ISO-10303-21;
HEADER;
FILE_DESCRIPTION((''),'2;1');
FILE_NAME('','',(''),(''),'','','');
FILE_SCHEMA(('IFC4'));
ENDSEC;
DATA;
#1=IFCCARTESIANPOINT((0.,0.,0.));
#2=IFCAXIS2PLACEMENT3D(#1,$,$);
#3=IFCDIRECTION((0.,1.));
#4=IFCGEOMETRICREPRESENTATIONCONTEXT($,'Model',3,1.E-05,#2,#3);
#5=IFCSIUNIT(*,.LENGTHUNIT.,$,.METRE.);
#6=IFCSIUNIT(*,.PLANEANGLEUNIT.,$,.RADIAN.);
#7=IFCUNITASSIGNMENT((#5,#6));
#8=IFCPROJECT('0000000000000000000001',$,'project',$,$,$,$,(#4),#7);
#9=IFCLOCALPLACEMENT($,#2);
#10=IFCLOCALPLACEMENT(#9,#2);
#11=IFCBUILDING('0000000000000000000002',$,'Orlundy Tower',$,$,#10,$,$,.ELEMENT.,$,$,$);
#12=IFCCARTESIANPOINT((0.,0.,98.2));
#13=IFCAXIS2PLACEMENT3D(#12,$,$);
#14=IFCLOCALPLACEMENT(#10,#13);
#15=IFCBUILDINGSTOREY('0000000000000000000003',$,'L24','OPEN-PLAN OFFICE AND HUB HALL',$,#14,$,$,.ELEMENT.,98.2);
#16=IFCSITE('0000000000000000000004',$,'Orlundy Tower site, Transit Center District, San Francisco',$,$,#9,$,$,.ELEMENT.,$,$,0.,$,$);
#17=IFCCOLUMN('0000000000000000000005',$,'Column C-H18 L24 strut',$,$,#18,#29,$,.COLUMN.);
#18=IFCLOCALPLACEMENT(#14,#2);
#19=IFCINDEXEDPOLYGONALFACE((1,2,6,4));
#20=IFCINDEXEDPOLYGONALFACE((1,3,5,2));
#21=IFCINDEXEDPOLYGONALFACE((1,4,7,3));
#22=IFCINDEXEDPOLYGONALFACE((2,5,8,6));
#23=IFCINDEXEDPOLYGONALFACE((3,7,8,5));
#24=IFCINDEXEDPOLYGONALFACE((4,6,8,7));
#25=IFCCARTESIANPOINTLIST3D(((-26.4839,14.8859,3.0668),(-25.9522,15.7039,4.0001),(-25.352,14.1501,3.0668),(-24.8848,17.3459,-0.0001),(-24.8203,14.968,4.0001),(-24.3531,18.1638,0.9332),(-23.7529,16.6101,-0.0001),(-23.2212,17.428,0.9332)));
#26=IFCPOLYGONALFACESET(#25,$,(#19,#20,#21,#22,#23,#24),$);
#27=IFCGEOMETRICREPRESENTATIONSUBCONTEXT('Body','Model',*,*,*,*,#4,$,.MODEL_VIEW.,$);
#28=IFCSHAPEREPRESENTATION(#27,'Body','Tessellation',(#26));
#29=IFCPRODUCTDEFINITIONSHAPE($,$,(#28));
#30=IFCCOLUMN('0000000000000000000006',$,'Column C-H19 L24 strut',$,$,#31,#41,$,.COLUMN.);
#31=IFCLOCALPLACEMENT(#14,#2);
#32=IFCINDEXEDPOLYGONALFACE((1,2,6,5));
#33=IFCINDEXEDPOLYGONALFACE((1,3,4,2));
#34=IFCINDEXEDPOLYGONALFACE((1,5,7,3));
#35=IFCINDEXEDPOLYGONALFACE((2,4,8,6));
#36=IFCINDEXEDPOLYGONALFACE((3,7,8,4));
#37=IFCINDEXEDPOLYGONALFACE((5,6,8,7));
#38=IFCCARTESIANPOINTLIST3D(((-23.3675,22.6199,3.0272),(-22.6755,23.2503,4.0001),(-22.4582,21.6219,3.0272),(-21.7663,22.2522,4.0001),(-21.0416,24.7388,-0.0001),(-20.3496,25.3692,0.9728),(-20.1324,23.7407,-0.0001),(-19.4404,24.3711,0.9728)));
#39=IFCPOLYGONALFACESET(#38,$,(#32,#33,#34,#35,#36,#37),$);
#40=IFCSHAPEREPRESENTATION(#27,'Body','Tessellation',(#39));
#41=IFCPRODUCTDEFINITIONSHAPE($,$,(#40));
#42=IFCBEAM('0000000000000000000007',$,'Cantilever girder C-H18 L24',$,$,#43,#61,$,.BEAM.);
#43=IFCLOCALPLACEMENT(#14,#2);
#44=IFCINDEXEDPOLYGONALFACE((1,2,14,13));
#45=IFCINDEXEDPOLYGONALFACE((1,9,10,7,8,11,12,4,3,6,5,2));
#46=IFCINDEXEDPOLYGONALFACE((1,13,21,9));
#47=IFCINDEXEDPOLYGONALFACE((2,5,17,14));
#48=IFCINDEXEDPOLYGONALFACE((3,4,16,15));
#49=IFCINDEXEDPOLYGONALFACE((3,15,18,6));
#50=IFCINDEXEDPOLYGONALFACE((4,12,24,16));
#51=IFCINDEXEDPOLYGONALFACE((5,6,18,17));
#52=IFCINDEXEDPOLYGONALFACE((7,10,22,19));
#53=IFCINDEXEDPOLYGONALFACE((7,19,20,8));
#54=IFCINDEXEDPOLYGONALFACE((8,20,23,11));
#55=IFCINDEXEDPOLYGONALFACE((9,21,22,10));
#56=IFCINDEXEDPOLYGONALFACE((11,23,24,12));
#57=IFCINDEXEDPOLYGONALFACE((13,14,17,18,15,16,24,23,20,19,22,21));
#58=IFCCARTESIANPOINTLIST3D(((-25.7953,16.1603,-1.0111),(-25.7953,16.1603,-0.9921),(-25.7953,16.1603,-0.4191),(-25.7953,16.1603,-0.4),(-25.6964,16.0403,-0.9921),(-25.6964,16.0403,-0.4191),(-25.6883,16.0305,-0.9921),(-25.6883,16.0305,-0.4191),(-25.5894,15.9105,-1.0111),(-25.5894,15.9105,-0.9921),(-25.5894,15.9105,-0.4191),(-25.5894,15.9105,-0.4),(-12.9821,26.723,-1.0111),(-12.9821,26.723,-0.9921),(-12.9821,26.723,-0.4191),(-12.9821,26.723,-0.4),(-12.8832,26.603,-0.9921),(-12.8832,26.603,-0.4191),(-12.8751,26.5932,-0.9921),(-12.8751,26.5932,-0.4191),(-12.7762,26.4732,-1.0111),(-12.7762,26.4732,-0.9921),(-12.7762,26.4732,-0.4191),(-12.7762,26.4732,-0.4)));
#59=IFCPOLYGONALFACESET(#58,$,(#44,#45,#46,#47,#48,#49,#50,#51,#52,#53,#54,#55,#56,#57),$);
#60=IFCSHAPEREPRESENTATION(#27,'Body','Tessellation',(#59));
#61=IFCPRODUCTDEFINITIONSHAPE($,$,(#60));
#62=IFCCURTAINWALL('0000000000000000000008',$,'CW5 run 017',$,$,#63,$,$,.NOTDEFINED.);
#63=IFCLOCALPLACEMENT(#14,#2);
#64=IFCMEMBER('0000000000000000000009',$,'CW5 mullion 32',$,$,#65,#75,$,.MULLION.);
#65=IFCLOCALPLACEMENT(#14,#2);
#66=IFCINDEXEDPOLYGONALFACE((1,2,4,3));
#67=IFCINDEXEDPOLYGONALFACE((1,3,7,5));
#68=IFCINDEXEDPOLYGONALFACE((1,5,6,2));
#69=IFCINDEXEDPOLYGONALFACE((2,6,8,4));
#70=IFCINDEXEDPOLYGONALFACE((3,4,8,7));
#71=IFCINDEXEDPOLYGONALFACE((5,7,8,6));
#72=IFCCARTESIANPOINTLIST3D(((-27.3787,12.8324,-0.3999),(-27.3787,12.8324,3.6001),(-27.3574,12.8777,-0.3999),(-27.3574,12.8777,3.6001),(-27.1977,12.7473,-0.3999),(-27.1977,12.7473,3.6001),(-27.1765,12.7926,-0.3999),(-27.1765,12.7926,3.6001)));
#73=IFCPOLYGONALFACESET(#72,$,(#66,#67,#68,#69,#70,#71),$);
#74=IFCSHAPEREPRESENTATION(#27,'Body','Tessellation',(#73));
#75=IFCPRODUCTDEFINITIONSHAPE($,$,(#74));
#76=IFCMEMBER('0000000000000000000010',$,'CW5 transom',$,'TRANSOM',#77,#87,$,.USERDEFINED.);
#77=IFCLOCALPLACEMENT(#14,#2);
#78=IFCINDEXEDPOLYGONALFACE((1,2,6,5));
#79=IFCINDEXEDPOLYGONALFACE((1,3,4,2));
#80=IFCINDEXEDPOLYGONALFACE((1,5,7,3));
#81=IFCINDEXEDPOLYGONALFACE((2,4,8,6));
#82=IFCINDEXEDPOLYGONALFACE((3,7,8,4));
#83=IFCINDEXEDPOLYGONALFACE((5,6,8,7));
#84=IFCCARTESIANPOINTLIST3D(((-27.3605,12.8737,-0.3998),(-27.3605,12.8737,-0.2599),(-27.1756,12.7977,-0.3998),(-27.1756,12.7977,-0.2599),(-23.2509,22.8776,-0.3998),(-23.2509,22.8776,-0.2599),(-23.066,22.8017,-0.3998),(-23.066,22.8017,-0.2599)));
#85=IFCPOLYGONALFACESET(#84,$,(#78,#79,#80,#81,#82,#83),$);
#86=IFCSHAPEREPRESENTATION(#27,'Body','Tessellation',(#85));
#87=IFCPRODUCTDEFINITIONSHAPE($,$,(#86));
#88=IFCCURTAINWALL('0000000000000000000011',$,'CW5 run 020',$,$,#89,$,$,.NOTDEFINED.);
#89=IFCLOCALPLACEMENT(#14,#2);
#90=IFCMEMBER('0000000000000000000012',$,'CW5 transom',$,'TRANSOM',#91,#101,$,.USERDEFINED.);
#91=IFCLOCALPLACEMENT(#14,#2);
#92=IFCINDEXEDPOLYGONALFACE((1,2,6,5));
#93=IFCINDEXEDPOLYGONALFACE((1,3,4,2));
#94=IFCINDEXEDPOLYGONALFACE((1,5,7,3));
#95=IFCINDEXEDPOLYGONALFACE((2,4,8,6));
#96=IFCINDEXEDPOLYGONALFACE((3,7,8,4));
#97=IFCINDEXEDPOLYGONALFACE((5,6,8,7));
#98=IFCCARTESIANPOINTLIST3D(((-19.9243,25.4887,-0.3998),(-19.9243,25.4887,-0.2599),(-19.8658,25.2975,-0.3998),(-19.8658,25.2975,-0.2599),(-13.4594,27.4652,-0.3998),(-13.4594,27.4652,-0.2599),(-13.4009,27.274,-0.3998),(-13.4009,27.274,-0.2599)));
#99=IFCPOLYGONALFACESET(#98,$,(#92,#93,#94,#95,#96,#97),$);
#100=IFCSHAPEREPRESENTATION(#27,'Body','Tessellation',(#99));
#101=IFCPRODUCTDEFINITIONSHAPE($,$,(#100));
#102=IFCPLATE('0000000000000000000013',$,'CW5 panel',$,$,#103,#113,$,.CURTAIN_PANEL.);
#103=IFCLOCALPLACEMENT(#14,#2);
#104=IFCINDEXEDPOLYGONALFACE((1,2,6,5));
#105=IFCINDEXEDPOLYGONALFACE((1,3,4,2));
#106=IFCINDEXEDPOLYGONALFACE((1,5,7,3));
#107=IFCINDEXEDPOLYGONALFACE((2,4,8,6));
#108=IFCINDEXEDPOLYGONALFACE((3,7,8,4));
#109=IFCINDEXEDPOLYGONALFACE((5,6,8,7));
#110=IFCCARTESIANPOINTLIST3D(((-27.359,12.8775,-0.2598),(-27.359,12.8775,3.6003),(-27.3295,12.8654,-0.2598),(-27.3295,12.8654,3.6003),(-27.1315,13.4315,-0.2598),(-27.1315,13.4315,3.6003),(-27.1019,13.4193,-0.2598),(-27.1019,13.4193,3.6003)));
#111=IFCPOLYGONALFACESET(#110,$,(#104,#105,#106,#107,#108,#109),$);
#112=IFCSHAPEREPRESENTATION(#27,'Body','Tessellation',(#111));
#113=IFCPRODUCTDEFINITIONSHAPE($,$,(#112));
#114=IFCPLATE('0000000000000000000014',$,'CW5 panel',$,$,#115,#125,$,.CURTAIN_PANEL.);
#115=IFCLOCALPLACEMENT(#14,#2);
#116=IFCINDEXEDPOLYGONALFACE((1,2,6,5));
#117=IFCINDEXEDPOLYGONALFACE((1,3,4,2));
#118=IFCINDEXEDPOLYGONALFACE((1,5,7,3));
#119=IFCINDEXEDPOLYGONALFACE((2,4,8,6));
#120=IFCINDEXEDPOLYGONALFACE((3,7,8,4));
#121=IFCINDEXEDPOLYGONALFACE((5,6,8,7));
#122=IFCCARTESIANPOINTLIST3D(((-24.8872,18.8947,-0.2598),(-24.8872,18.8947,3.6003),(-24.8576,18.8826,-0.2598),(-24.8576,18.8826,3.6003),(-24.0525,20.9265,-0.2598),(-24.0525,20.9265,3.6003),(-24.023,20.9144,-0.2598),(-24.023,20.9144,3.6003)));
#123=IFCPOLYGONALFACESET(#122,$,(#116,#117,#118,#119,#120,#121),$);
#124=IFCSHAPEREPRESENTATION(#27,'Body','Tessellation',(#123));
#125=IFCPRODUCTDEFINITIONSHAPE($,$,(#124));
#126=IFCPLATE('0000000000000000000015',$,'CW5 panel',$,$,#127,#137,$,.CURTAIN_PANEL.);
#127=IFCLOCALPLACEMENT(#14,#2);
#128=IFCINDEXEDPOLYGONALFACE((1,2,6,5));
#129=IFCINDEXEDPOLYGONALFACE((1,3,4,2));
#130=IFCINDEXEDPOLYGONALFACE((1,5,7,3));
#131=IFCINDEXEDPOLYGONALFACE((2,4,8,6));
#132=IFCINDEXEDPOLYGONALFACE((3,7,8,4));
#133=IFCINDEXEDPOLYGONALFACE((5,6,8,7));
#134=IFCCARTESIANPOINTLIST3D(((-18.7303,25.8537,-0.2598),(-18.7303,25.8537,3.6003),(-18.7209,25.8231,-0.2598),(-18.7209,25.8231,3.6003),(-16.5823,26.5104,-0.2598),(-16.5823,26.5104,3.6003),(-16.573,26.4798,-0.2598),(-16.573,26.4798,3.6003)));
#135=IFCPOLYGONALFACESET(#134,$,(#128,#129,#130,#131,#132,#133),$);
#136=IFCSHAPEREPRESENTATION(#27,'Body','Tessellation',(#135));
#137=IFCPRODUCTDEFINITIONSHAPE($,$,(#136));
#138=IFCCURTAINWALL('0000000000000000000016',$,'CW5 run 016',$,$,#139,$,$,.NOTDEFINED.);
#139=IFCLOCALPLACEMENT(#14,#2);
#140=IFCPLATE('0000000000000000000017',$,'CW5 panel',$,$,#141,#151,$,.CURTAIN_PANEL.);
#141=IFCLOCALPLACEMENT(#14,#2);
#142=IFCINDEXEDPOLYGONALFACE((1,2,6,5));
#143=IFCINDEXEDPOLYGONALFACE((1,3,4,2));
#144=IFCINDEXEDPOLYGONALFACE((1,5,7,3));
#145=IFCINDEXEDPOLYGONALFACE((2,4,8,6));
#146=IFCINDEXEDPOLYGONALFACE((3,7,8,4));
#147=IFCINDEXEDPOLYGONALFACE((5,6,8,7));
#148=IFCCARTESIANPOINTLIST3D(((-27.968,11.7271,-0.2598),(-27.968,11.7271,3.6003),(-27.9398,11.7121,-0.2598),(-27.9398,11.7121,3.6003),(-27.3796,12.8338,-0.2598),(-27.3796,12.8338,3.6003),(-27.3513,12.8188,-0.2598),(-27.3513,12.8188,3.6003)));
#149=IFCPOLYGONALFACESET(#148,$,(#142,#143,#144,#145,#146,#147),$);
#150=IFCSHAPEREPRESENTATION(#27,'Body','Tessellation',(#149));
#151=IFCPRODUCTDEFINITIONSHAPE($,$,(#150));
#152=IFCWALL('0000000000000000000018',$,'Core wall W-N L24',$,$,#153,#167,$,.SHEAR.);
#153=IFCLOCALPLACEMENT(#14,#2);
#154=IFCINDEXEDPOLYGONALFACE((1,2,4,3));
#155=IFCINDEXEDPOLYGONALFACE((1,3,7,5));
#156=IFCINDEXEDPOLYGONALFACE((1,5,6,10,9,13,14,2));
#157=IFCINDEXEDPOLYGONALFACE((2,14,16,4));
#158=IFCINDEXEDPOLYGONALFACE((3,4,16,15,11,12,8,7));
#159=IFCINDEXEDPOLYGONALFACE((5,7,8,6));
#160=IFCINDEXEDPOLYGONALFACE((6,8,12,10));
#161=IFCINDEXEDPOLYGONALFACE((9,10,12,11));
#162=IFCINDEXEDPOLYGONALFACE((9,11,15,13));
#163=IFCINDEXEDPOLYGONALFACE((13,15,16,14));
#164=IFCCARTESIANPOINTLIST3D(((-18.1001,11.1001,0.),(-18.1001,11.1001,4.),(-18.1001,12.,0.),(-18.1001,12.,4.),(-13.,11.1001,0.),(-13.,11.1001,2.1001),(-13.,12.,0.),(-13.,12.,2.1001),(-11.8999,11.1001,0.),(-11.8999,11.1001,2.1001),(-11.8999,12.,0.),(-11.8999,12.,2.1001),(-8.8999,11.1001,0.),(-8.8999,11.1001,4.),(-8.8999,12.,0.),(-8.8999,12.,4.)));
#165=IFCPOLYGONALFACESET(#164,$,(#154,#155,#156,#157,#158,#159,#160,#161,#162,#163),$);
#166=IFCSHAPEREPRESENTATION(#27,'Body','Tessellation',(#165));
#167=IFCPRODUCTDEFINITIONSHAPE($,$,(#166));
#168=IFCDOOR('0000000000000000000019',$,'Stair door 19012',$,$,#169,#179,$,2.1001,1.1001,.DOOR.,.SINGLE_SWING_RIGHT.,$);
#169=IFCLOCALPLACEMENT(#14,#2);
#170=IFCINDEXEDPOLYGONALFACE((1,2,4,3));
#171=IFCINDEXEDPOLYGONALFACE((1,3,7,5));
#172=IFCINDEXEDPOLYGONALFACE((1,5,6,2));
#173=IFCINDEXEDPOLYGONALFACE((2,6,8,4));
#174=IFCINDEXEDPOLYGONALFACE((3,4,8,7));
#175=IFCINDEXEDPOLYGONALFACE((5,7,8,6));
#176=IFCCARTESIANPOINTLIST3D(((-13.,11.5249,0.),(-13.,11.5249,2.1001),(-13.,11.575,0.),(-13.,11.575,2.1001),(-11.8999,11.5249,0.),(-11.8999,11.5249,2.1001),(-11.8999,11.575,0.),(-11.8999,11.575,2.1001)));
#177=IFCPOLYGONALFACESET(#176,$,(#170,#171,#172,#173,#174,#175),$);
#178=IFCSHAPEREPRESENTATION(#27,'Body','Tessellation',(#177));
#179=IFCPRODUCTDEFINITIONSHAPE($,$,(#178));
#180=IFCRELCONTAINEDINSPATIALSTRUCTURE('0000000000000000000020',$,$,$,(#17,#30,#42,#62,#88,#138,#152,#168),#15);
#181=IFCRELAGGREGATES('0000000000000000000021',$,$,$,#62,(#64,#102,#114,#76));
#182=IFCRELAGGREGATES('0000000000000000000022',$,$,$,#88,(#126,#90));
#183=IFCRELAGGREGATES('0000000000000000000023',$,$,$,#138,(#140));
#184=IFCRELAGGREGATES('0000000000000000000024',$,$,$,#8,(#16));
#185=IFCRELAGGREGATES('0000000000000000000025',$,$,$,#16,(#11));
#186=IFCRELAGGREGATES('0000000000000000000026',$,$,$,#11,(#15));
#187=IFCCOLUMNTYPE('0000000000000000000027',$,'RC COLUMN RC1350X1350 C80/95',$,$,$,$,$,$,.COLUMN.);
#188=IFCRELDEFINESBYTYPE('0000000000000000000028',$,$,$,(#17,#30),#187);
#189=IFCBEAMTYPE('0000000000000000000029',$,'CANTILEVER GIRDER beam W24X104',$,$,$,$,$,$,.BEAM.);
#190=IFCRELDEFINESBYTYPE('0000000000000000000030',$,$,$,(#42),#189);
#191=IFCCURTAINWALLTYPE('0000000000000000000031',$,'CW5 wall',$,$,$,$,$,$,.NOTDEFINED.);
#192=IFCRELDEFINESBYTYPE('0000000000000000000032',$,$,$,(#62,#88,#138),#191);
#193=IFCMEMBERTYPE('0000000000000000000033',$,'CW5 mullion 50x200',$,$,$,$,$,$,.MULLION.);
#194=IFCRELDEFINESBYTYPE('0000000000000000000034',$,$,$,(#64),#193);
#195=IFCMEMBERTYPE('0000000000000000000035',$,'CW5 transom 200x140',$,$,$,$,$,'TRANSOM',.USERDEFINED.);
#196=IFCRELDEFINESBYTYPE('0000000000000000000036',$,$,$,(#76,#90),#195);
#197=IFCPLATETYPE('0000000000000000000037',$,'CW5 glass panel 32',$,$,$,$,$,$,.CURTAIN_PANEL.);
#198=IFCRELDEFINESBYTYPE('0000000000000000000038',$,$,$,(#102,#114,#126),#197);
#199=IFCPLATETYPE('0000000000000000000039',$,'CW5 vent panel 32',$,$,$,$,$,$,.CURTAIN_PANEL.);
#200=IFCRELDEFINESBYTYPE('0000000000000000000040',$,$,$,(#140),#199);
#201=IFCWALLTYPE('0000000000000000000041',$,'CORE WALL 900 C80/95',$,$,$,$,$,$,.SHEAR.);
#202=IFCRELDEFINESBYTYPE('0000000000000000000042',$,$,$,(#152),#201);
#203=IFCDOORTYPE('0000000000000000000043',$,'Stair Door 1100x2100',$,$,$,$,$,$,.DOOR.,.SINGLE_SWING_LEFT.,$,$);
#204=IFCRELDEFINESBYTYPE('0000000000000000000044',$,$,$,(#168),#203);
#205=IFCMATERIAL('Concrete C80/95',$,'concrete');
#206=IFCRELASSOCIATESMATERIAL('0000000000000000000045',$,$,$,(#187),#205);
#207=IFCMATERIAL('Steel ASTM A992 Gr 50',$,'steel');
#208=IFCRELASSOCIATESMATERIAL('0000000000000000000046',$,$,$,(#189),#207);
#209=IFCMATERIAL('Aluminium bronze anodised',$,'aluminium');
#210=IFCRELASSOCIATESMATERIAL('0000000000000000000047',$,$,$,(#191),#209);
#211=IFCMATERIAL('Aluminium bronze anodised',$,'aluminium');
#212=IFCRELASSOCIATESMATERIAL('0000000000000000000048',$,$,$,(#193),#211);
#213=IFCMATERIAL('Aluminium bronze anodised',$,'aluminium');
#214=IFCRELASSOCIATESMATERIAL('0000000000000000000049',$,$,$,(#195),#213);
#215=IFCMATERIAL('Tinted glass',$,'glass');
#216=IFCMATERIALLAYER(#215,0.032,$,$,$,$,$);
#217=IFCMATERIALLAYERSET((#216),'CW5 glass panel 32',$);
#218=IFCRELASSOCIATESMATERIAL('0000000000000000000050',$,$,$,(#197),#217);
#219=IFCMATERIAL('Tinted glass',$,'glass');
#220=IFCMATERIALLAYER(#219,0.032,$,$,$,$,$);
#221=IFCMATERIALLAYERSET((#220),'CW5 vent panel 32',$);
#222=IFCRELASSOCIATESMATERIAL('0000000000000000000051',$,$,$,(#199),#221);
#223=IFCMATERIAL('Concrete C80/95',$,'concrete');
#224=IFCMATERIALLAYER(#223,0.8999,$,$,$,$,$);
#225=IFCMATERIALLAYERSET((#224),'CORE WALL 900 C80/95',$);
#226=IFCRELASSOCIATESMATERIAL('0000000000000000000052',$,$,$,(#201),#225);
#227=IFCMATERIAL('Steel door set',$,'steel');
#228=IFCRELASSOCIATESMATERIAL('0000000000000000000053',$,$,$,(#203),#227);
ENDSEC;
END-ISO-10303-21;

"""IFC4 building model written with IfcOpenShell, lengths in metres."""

from ifc_helpers import new_model, si_unit, direction, frame, frame_2d, origin, origin_2d, place, context, subcontext, project, spatial, rectangle, i_section, extrude, material, layer, layer_set, material_profile, profile_set, type_object, element, fill, aggregate, save


model = new_model("IFC4")

# Units and contexts
model_context = context("Model", 3, precision=1e-05, world=origin(), true_north=direction((0.0, 1.0)))
body_context = subcontext(model_context, "Body", "Model", "MODEL_VIEW")
ifc_project = project(units=[si_unit("LENGTHUNIT", "METRE"), si_unit("PLANEANGLEUNIT", "RADIAN")], contexts=[model_context])

# Site, building, storey
site_placement = place(None, origin())
site = spatial("IfcSite", under=ifc_project, at=site_placement, Name="Orlundy Tower site, Transit Center District, San Francisco", CompositionType="ELEMENT", RefElevation=0.0)
building_placement = place(site_placement, origin())
building = spatial("IfcBuilding", under=site, at=building_placement, Name="Orlundy Tower", CompositionType="ELEMENT")
storey_placement = place(building_placement, frame((0.0, 0.0, 98.2)))
storey = spatial("IfcBuildingStorey", under=building, at=storey_placement, Name="L24", Description="OPEN-PLAN OFFICE AND HUB HALL", CompositionType="ELEMENT", Elevation=98.2)

# Columns
ifc_material_1 = material(Name="Concrete C80/95", Category="concrete")
ifc_material_profile_1 = material_profile(ifc_material_1, rectangle(XDim=1.3501, YDim=1.3501, at=origin_2d()), Name="RC1350X1350")
ifc_profile_set_1 = profile_set([ifc_material_profile_1], Name="Concrete C80/95")
column_type = type_object("IfcColumnType", Name="RC COLUMN RC1350X1350 C80/95", PredefinedType="COLUMN", material=ifc_profile_set_1)
column_1_placement = place(storey_placement, frame((-24.053, 17.387, 0.4666), z_axis=(-0.376765, -0.579586, 0.722584), x_axis=(0.838421, -0.545023, 0.0)))
element("IfcColumn", 1, at=column_1_placement, inside=storey, type_object=column_type, Name="Column C-H18 L24 strut", PredefinedType="COLUMN", context=body_context, shape_type="SweptSolid", body=[
    extrude(rectangle(XDim=1.3501, YDim=1.3501, at=origin_2d()), origin(), (0.0, 0.0, 1.0), 4.2444),
])
column_2_placement = place(storey_placement, frame((-20.241, 24.5549, 0.4863), z_axis=(-0.532701, -0.485286, 0.693345), x_axis=(0.673441, -0.739241, 0.0)))
element("IfcColumn", 2, at=column_2_placement, inside=storey, type_object=column_type, Name="Column C-H19 L24 strut", PredefinedType="COLUMN", context=body_context, shape_type="SweptSolid", body=[
    extrude(rectangle(XDim=1.3501, YDim=1.3501, at=origin_2d()), origin(), (0.0, 0.0, 1.0), 4.3662),
])

# Beam
ifc_material_2 = material(Name="Steel ASTM A992 Gr 50", Category="steel")
ifc_material_profile_2 = material_profile(ifc_material_2, i_section(OverallWidth=0.3237, OverallDepth=0.6111, WebThickness=0.0127, FlangeThickness=0.019, at=origin_2d()), Name="W24X104")
ifc_profile_set_2 = profile_set([ifc_material_profile_2], Name="Steel ASTM A992 Gr 50")
beam_type = type_object("IfcBeamType", Name="CANTILEVER GIRDER beam W24X104", PredefinedType="BEAM", material=ifc_profile_set_2)
beam_placement = place(storey_placement, frame((-25.6924, 16.0354, -0.7056), z_axis=(0.771615, 0.63609, 0.0), x_axis=(-0.63609, 0.771615, 0.0)))
element("IfcBeam", 3, at=beam_placement, inside=storey, type_object=beam_type, Name="Cantilever girder C-H18 L24", PredefinedType="BEAM", context=body_context, shape_type="SweptSolid", body=[
    extrude(i_section(OverallWidth=0.3237, OverallDepth=0.6111, WebThickness=0.0127, FlangeThickness=0.019, at=origin_2d()), origin(), (0.0, 0.0, 1.0), 16.6057),
])

# Curtain wall, members
ifc_material_3 = material(Name="Aluminium bronze anodised", Category="aluminium")
curtain_wall_type = type_object("IfcCurtainWallType", Name="CW5 wall", PredefinedType="NOTDEFINED", material=ifc_material_3)
curtain_wall_1_placement = place(storey_placement, origin())
curtain_wall_1 = element("IfcCurtainWall", 4, at=curtain_wall_1_placement, inside=storey, type_object=curtain_wall_type, Name="CW5 run 017", PredefinedType="NOTDEFINED")
ifc_material_4 = material(Name="Aluminium bronze anodised", Category="aluminium")
ifc_material_profile_3 = material_profile(ifc_material_4, rectangle(XDim=0.2, YDim=0.05, at=origin_2d()), Name="CW5 mullion 50x200")
ifc_profile_set_3 = profile_set([ifc_material_profile_3], Name="Aluminium bronze anodised")
member_type_1 = type_object("IfcMemberType", Name="CW5 mullion 50x200", PredefinedType="MULLION", material=ifc_profile_set_3)
member_1_placement = place(storey_placement, frame((-27.2776, 12.8125, -0.3999), z_axis=(0.0, 0.0, 1.0), x_axis=(-0.90508, 0.425242, 0.0)))
member_1 = element("IfcMember", 5, at=member_1_placement, type_object=member_type_1, Name="CW5 mullion 32", PredefinedType="MULLION", context=body_context, shape_type="SweptSolid", body=[
    extrude(rectangle(XDim=0.2, YDim=0.05, at=origin_2d()), origin(), (0.0, 0.0, 1.0), 4.0),
])
ifc_material_5 = material(Name="Aluminium bronze anodised", Category="aluminium")
ifc_material_profile_4 = material_profile(ifc_material_5, rectangle(XDim=0.2, YDim=0.1399, at=origin_2d()), Name="CW5 transom 200x140")
ifc_profile_set_4 = profile_set([ifc_material_profile_4], Name="Aluminium bronze anodised")
member_type_2 = type_object("IfcMemberType", Name="CW5 transom 200x140", ElementType="TRANSOM", PredefinedType="USERDEFINED", material=ifc_profile_set_4)
member_2_placement = place(storey_placement, frame((-27.2681, 12.8357, -0.3298), z_axis=(0.379988, 0.924991, 0.0), x_axis=(-0.924991, 0.379988, 0.0)))
member_2 = element("IfcMember", 6, at=member_2_placement, type_object=member_type_2, Name="CW5 transom", ObjectType="TRANSOM", PredefinedType="USERDEFINED", context=body_context, shape_type="SweptSolid", body=[
    extrude(rectangle(XDim=0.2, YDim=0.1399, at=origin_2d()), origin(), (0.0, 0.0, 1.0), 10.8152),
])

# Curtain wall, member
curtain_wall_2_placement = place(storey_placement, origin())
curtain_wall_2 = element("IfcCurtainWall", 7, at=curtain_wall_2_placement, inside=storey, type_object=curtain_wall_type, Name="CW5 run 020", PredefinedType="NOTDEFINED")
member_3_placement = place(storey_placement, frame((-19.895, 25.3931, -0.3298), z_axis=(0.956302, 0.29238, 0.0), x_axis=(-0.29238, 0.956302, 0.0)))
member_3 = element("IfcMember", 8, at=member_3_placement, type_object=member_type_2, Name="CW5 transom", ObjectType="TRANSOM", PredefinedType="USERDEFINED", context=body_context, shape_type="SweptSolid", body=[
    extrude(rectangle(XDim=0.2, YDim=0.1399, at=origin_2d()), origin(), (0.0, 0.0, 1.0), 6.7603),
])

# Plates
ifc_material_6 = material(Name="Tinted glass", Category="glass")
ifc_layer_1 = layer(ifc_material_6, 0.032)
ifc_layer_set_1 = layer_set([ifc_layer_1], Name="CW5 glass panel 32")
plate_type_1 = type_object("IfcPlateType", Name="CW5 glass panel 32", PredefinedType="CURTAIN_PANEL", material=ifc_layer_set_1)
plate_1_placement = place(storey_placement, frame((-27.2305, 13.1484, -0.2598), z_axis=(0.0, 0.0, 1.0), x_axis=(0.379991, 0.92499, 0.0)))
plate_1 = element("IfcPlate", 9, at=plate_1_placement, type_object=plate_type_1, Name="CW5 panel", PredefinedType="CURTAIN_PANEL", context=body_context, shape_type="SweptSolid", body=[
    extrude(rectangle(XDim=0.5989, YDim=0.032, at=origin_2d()), origin(), (0.0, 0.0, 1.0), 3.8601),
])
plate_2_placement = place(storey_placement, frame((-24.4551, 19.9045, -0.2598), z_axis=(0.0, 0.0, 1.0), x_axis=(0.379991, 0.92499, 0.0)))
plate_2 = element("IfcPlate", 10, at=plate_2_placement, type_object=plate_type_1, Name="CW5 panel", PredefinedType="CURTAIN_PANEL", context=body_context, shape_type="SweptSolid", body=[
    extrude(rectangle(XDim=2.1965, YDim=0.032, at=origin_2d()), origin(), (0.0, 0.0, 1.0), 3.8601),
])
aggregate(curtain_wall_1, [member_1, plate_1, plate_2, member_2])
plate_3_placement = place(storey_placement, frame((-17.6516, 26.1667, -0.2598), z_axis=(0.0, 0.0, 1.0), x_axis=(0.956301, 0.292383, 0.0)))
plate_3 = element("IfcPlate", 11, at=plate_3_placement, type_object=plate_type_1, Name="CW5 panel", PredefinedType="CURTAIN_PANEL", context=body_context, shape_type="SweptSolid", body=[
    extrude(rectangle(XDim=2.2461, YDim=0.032, at=origin_2d()), origin(), (0.0, 0.0, 1.0), 3.8601),
])
aggregate(curtain_wall_2, [plate_3, member_3])

# Curtain wall, plate
curtain_wall_3_placement = place(storey_placement, origin())
curtain_wall_3 = element("IfcCurtainWall", 12, at=curtain_wall_3_placement, inside=storey, type_object=curtain_wall_type, Name="CW5 run 016", PredefinedType="NOTDEFINED")
ifc_material_7 = material(Name="Tinted glass", Category="glass")
ifc_layer_2 = layer(ifc_material_7, 0.032)
ifc_layer_set_2 = layer_set([ifc_layer_2], Name="CW5 vent panel 32")
plate_type_2 = type_object("IfcPlateType", Name="CW5 vent panel 32", PredefinedType="CURTAIN_PANEL", material=ifc_layer_set_2)
plate_4_placement = place(storey_placement, frame((-27.6597, 12.2729, -0.2598), z_axis=(0.0, 0.0, 1.0), x_axis=(0.469454, 0.882957, 0.0)))
plate_4 = element("IfcPlate", 13, at=plate_4_placement, type_object=plate_type_2, Name="CW5 panel", PredefinedType="CURTAIN_PANEL", context=body_context, shape_type="SweptSolid", body=[
    extrude(rectangle(XDim=1.2534, YDim=0.032, at=origin_2d()), origin(), (0.0, 0.0, 1.0), 3.8601),
])
aggregate(curtain_wall_3, [plate_4])

# Wall, opening, door
ifc_material_8 = material(Name="Concrete C80/95", Category="concrete")
ifc_layer_3 = layer(ifc_material_8, 0.8999)
ifc_layer_set_3 = layer_set([ifc_layer_3], Name="CORE WALL 900 C80/95")
wall_type_1 = type_object("IfcWallType", Name="CORE WALL 900 C80/95", PredefinedType="SHEAR", material=ifc_layer_set_3)
wall_1_placement = place(storey_placement, frame((-18.1001, 11.55, 0.0), z_axis=(0.0, 0.0, 1.0), x_axis=(1.0, 0.0, 0.0)))
wall_1 = element("IfcWall", 14, at=wall_1_placement, inside=storey, type_object=wall_type_1, Name="Core wall W-N L24", PredefinedType="SHEAR", context=body_context, shape_type="SweptSolid", body=[
    extrude(rectangle(XDim=9.2002, YDim=0.8999, at=frame_2d((4.6001, 0.0))), origin(), (0.0, 0.0, 1.0), 4.0),
])
opening_1_placement = place(wall_1_placement, frame((5.1001, 0.0, 0.0)))
opening_1 = element("IfcOpeningElement", 15, at=opening_1_placement, cuts=wall_1, PredefinedType="OPENING", context=body_context, shape_type="SweptSolid", body=[
    extrude(rectangle(XDim=1.1001, YDim=2.1001, at=frame_2d((0.55, 1.05))), frame((0.0, 0.46, 0.0), z_axis=(0.0, -1.0, 0.0), x_axis=(1.0, 0.0, 0.0)), (0.0, 0.0, 1.0), 0.9199),
])
ifc_material_9 = material(Name="Steel door set", Category="steel")
door_type_1 = type_object("IfcDoorType", Name="Stair Door 1100x2100", OperationType="SINGLE_SWING_LEFT", PredefinedType="DOOR", material=ifc_material_9)
door_1_placement = place(opening_1_placement, origin())
door_1 = element("IfcDoor", 16, at=door_1_placement, inside=storey, type_object=door_type_1, Name="Stair door 19012", OperationType="SINGLE_SWING_RIGHT", OverallHeight=2.1001, OverallWidth=1.1001, PredefinedType="DOOR", context=body_context, shape_type="SweptSolid", body=[
    extrude(rectangle(XDim=1.1001, YDim=2.1001, at=frame_2d((0.55, 1.05))), frame((0.0, 0.0249, 0.0), z_axis=(0.0, -1.0, 0.0), x_axis=(1.0, 0.0, 0.0)), (0.0, 0.0, 1.0), 0.05),
])
fill(opening_1, door_1)

save(model, "model.ifc")
